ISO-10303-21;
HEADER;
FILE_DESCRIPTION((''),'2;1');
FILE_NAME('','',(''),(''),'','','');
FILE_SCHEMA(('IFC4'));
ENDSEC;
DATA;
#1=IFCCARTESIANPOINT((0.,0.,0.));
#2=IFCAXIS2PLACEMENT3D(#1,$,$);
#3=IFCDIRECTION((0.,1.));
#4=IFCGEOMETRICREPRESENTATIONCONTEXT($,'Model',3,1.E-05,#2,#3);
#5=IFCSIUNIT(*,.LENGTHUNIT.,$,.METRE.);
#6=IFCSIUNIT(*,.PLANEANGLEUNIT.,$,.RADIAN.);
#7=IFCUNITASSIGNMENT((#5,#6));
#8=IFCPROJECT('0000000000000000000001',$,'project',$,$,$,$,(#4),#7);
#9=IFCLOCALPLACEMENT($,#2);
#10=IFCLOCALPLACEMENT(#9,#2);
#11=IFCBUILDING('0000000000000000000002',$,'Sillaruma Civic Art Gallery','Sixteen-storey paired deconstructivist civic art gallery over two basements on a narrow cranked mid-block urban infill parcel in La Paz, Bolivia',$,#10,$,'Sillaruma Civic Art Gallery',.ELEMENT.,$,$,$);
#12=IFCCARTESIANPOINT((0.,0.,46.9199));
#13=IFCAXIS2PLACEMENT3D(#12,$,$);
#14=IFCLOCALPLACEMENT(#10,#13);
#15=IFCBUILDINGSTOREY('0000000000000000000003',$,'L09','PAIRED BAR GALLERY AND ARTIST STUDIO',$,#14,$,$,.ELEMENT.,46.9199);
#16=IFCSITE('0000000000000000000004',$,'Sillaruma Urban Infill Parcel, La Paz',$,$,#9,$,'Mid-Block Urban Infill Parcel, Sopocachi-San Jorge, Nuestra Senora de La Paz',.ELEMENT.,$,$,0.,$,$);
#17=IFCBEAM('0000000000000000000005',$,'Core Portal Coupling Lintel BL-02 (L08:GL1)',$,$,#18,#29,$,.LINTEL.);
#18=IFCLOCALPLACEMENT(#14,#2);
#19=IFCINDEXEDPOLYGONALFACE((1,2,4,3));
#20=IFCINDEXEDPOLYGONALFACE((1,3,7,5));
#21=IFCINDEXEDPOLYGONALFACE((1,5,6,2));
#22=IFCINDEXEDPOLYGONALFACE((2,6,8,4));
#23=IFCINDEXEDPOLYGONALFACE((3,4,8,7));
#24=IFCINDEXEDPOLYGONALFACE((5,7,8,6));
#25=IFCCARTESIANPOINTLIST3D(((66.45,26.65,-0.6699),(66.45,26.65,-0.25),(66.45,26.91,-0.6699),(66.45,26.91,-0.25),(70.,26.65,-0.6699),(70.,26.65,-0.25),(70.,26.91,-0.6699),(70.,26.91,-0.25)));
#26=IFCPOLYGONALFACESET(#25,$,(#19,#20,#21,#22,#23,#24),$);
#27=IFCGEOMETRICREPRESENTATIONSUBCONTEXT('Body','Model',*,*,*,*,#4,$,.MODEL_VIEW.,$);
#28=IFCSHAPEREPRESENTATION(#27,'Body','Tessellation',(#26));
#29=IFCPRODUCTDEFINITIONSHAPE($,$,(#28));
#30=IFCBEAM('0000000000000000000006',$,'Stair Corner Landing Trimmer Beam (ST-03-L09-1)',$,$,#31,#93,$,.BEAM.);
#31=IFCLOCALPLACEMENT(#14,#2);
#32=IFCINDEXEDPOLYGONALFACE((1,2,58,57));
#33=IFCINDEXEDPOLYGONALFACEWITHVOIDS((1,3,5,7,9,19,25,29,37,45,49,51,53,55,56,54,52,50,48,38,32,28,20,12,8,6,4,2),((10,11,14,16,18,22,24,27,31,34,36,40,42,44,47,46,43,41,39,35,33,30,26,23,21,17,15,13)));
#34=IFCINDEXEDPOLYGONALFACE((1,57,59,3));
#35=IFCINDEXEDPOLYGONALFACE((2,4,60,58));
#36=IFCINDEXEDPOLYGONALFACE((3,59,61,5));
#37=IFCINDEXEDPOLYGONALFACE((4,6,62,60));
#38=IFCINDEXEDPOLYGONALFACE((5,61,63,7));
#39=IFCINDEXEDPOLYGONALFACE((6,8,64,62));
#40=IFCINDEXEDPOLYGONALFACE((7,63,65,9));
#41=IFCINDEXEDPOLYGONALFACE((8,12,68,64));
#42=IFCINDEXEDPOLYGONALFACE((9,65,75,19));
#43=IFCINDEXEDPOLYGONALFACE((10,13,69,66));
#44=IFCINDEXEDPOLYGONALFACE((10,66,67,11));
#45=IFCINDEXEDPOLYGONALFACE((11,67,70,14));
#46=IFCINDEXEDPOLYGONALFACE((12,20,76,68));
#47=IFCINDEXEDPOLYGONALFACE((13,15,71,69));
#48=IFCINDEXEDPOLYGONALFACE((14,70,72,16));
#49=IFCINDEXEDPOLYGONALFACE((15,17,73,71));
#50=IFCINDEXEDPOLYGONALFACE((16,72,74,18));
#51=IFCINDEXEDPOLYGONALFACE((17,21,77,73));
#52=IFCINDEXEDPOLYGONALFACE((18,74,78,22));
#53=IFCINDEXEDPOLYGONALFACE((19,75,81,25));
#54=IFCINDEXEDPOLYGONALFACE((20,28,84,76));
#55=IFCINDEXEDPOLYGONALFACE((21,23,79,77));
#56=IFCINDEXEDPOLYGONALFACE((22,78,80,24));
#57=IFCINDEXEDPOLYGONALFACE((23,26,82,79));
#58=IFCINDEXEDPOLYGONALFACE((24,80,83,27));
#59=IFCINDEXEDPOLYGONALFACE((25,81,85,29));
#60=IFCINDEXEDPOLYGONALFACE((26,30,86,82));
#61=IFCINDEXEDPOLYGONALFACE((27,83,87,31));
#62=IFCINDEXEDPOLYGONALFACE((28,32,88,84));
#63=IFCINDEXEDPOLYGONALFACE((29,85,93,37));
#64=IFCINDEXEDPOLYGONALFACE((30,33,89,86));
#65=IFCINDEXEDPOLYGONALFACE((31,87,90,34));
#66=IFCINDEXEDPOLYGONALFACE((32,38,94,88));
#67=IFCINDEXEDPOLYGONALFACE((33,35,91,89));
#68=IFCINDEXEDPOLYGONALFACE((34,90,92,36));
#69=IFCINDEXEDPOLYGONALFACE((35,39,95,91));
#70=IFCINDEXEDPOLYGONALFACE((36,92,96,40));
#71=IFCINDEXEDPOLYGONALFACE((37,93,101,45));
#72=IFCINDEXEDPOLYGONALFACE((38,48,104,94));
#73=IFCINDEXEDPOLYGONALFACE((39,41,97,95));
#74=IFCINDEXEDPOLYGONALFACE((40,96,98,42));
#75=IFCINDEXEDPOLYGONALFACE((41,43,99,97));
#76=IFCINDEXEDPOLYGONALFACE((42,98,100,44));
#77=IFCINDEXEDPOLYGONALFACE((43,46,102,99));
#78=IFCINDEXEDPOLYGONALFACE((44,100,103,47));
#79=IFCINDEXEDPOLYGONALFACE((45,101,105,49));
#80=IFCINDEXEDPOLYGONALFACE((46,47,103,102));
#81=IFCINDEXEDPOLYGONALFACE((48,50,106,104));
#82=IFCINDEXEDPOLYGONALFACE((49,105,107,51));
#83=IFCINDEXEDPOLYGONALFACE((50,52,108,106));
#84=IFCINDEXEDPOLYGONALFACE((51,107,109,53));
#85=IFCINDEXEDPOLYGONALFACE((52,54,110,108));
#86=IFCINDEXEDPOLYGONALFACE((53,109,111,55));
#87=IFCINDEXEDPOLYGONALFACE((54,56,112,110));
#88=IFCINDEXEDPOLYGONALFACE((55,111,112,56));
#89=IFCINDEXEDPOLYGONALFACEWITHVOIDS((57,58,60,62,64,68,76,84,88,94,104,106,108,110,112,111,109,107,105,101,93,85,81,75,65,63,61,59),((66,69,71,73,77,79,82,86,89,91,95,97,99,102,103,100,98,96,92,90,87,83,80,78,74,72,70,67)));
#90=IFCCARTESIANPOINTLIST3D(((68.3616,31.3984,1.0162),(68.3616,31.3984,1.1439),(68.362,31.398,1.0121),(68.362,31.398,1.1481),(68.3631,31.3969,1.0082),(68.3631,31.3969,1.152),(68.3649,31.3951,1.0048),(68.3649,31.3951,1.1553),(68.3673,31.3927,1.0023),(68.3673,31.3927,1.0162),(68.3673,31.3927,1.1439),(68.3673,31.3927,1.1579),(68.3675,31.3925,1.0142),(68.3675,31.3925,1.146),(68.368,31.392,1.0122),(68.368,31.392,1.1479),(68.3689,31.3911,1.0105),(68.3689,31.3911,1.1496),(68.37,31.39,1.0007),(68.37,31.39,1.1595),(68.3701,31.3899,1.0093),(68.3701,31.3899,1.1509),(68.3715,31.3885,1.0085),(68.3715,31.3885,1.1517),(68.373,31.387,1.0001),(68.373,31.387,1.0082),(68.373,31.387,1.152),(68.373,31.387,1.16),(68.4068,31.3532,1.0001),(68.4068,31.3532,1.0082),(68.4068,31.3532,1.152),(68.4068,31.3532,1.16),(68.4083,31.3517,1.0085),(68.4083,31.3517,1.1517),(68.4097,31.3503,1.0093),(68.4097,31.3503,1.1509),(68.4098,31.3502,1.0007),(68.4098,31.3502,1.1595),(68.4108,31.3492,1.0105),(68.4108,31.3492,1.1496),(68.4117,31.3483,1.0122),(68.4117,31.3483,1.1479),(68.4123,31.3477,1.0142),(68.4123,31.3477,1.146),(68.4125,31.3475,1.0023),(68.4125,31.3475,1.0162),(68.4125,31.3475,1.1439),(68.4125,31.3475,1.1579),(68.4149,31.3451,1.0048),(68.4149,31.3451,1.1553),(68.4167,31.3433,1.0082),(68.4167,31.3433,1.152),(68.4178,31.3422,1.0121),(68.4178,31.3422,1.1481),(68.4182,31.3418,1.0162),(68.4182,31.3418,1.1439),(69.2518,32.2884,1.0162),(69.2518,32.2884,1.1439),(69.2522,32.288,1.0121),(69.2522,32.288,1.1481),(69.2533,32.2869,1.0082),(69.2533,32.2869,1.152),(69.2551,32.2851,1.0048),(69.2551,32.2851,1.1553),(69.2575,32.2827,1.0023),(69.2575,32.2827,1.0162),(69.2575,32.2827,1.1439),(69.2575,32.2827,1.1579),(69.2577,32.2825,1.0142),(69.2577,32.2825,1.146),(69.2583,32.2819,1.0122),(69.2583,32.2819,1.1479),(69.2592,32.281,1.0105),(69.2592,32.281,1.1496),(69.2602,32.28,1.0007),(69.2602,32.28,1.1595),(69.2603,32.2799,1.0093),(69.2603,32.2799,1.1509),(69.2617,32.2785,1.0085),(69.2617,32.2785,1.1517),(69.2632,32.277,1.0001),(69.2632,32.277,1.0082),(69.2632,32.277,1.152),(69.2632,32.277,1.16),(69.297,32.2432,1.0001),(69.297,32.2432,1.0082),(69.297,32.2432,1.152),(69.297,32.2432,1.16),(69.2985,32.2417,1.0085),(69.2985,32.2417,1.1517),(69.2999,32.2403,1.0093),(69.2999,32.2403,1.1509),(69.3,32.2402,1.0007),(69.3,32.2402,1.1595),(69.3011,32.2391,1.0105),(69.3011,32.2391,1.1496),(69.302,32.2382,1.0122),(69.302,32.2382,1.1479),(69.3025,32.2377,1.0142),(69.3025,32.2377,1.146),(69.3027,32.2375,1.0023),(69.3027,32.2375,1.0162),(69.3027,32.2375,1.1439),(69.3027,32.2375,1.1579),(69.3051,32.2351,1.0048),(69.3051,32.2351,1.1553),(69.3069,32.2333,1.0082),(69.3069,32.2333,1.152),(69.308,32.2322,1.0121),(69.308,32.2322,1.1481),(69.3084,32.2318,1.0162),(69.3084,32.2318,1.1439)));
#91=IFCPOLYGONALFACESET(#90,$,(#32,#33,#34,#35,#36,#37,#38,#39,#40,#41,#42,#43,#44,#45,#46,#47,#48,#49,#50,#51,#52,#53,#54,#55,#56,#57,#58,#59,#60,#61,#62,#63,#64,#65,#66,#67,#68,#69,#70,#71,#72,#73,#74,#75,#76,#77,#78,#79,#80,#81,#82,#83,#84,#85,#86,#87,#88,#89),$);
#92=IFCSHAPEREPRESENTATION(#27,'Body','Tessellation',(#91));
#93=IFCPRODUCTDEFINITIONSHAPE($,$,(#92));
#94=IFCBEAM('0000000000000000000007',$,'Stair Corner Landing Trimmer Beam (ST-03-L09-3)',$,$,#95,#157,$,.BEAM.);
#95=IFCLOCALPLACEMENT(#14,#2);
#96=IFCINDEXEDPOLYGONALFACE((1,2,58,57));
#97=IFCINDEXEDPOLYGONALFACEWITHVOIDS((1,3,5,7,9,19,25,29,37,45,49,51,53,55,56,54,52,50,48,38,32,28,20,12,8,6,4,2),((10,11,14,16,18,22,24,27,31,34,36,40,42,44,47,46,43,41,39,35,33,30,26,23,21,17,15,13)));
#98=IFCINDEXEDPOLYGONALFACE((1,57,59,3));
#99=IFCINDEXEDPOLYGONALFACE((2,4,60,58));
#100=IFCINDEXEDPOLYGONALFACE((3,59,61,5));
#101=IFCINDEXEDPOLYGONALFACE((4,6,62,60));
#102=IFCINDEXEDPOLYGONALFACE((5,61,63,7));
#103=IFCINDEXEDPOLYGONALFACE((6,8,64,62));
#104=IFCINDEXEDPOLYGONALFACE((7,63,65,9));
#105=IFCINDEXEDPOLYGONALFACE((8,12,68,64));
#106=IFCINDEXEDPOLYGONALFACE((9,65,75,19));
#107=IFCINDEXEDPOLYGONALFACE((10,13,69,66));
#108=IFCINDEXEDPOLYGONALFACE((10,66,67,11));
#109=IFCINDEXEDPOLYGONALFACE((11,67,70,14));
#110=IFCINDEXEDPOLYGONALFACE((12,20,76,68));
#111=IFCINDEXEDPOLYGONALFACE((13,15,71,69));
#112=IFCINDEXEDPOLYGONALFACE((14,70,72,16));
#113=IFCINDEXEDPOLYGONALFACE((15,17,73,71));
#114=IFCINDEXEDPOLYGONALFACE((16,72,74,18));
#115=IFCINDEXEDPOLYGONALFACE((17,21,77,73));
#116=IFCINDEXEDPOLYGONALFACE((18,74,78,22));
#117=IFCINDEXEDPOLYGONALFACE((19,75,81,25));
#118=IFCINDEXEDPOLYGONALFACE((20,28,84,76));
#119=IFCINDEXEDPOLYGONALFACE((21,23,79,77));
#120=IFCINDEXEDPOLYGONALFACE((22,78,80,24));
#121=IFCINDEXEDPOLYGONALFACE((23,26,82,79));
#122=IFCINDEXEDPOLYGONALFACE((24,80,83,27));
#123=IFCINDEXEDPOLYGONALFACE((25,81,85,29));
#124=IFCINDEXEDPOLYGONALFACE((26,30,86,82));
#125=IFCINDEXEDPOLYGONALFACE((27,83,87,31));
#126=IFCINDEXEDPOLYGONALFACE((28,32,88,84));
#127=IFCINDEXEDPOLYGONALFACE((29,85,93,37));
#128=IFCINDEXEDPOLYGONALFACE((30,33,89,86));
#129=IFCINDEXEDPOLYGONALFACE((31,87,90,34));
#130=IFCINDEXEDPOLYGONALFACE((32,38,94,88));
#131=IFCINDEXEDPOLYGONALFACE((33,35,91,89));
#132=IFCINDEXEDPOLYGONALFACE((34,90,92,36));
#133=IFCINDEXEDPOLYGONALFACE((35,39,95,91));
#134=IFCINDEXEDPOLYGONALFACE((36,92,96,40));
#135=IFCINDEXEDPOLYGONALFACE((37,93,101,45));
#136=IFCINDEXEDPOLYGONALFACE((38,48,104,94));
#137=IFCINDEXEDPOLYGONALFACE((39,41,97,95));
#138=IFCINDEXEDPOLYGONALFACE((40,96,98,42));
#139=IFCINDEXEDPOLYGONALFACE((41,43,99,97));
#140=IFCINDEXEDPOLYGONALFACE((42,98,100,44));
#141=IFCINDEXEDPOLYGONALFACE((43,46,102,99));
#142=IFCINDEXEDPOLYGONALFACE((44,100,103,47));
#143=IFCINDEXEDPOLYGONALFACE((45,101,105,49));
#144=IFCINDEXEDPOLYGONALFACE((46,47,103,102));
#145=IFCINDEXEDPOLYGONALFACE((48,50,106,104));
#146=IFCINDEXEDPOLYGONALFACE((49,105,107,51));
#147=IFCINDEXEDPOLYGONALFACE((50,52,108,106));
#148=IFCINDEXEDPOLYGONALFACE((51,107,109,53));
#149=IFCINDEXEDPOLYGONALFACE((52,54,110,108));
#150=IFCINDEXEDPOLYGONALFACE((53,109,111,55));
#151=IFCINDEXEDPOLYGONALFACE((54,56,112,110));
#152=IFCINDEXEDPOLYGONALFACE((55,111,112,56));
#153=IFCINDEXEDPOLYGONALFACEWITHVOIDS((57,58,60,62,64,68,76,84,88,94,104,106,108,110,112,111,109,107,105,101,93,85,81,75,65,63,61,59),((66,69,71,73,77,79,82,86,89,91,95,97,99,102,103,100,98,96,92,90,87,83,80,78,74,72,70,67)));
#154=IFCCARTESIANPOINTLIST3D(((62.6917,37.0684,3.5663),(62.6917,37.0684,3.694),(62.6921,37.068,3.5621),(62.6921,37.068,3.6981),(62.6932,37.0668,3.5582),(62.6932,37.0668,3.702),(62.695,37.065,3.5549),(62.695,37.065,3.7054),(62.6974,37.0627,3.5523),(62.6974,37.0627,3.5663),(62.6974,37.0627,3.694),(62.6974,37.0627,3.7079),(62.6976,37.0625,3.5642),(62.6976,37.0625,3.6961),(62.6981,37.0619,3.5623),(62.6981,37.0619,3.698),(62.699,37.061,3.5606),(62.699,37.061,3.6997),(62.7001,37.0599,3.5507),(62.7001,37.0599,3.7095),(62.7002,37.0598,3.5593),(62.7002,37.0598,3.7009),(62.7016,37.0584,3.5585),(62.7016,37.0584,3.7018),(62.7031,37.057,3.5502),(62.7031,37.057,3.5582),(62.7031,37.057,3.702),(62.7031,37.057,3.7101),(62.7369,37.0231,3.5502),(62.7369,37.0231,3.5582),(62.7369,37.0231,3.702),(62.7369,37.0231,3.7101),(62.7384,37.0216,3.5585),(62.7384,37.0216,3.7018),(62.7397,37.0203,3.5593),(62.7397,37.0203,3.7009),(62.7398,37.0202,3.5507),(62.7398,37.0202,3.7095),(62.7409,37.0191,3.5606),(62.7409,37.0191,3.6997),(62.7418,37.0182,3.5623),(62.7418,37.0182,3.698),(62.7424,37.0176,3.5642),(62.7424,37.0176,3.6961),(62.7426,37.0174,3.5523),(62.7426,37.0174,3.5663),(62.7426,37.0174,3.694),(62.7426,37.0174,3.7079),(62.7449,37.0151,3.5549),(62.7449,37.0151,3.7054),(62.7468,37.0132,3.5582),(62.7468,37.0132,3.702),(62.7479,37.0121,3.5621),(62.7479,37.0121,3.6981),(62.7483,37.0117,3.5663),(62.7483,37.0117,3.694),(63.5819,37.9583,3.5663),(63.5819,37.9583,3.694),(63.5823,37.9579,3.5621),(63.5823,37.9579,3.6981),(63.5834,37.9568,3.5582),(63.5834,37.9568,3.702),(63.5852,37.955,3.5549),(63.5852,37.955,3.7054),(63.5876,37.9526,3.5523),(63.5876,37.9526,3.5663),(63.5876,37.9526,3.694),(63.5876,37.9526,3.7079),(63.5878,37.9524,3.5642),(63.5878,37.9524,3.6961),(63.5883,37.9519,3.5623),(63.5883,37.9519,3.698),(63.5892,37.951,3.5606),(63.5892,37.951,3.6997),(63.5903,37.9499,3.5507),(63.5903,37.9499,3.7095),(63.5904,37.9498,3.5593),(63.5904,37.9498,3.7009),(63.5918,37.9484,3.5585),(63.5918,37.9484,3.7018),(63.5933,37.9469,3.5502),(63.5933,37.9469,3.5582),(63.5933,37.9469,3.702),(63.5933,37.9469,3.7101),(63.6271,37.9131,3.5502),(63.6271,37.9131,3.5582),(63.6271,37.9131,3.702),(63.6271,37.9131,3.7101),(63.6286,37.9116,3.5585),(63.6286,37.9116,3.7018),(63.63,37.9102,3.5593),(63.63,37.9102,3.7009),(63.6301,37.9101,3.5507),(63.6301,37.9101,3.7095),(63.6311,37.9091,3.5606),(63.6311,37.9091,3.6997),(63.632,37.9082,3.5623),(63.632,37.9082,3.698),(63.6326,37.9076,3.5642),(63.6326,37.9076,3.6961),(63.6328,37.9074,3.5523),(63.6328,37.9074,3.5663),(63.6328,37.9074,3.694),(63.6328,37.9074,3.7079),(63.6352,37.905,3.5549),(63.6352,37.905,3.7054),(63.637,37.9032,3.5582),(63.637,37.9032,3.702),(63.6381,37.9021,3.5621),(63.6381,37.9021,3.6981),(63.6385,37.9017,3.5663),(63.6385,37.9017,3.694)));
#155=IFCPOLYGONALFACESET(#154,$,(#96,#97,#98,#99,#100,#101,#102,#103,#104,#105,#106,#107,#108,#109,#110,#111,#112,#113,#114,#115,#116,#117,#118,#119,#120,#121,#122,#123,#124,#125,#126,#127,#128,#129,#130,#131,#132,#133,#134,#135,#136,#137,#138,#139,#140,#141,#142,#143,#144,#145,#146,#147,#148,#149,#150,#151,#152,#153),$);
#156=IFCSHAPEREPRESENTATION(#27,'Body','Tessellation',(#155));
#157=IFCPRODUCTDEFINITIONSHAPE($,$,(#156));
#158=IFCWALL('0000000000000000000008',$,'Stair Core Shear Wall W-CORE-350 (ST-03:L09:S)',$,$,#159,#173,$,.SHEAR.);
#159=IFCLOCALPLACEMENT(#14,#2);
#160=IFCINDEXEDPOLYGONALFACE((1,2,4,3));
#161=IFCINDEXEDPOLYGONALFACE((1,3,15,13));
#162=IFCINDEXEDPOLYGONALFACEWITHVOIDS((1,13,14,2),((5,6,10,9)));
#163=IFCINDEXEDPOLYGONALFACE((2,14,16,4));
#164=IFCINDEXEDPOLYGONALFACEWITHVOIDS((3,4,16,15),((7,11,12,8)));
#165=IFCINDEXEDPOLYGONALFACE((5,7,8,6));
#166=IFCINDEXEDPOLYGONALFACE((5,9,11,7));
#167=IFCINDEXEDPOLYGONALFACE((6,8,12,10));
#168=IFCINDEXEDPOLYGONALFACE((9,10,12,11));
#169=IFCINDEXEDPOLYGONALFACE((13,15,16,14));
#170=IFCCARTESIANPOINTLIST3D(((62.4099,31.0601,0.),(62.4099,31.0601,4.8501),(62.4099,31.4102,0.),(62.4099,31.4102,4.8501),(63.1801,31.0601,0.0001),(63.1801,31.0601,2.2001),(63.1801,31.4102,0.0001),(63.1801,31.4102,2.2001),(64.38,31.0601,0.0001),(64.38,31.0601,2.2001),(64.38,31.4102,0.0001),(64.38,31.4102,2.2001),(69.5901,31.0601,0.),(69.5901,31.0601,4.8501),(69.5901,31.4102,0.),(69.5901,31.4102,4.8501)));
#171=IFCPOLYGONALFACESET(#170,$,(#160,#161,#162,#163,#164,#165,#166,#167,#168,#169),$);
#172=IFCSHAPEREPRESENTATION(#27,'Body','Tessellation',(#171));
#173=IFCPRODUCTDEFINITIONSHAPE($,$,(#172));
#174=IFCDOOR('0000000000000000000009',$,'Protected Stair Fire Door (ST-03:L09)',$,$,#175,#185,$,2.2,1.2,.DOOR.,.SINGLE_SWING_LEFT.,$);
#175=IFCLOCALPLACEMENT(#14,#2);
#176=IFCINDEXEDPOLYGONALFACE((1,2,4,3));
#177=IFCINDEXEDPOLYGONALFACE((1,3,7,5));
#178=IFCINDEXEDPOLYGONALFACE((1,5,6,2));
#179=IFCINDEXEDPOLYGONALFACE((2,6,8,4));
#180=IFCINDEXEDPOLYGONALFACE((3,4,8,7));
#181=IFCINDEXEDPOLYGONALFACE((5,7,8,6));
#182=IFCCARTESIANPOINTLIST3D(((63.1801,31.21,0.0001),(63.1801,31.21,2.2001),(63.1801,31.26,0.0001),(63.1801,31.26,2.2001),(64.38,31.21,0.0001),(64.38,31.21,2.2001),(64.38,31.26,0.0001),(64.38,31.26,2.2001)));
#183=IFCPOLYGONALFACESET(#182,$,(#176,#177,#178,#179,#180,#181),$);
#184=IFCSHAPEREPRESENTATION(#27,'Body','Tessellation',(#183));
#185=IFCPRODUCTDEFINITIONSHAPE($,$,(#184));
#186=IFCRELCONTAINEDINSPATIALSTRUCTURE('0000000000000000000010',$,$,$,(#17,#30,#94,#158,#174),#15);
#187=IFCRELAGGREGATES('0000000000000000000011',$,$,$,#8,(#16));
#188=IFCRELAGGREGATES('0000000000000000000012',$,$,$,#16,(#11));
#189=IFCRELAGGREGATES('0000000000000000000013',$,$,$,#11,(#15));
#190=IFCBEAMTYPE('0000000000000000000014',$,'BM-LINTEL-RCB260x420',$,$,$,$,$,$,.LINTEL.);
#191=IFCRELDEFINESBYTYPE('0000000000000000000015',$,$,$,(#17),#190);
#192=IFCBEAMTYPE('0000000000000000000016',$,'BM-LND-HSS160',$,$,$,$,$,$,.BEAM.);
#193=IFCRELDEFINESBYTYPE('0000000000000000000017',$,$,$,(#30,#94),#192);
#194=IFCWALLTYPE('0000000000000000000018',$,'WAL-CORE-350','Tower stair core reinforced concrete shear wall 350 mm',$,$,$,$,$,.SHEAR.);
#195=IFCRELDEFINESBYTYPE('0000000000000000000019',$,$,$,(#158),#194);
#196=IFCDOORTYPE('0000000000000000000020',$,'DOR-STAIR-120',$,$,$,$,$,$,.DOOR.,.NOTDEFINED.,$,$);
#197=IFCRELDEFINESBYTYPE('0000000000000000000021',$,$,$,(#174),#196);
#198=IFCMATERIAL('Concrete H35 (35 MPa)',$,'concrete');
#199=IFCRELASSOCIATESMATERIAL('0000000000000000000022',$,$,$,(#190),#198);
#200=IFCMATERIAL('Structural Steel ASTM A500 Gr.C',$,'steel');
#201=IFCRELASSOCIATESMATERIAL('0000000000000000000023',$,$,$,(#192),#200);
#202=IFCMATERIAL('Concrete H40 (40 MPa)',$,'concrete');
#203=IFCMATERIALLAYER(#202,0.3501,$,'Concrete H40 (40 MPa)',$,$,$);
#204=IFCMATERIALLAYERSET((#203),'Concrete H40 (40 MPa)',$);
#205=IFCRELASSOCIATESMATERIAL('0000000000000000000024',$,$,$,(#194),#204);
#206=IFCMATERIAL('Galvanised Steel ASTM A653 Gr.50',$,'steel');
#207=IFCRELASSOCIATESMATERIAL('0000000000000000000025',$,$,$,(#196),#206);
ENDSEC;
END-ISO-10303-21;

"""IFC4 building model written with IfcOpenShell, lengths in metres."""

from ifc_helpers import new_model, si_unit, direction, frame, frame_2d, origin, origin_2d, place, context, subcontext, project, spatial, rectangle, hollow_rectangle, extrude, material, layer, layer_set, material_profile, profile_set, type_object, element, fill, save


model = new_model("IFC4")

# Units and contexts
model_context = context("Model", 3, precision=1e-05, world=origin(), true_north=direction((0.0, 1.0)))
body_context = subcontext(model_context, "Body", "Model", "MODEL_VIEW")
ifc_project = project(units=[si_unit("LENGTHUNIT", "METRE"), si_unit("PLANEANGLEUNIT", "RADIAN")], contexts=[model_context])

# Site, building, storey
site_placement = place(None, origin())
site = spatial("IfcSite", under=ifc_project, at=site_placement, Name="Sillaruma Urban Infill Parcel, La Paz", LongName="Mid-Block Urban Infill Parcel, Sopocachi-San Jorge, Nuestra Senora de La Paz", CompositionType="ELEMENT", RefElevation=0.0)
building_placement = place(site_placement, origin())
building = spatial("IfcBuilding", under=site, at=building_placement, Name="Sillaruma Civic Art Gallery", Description="Sixteen-storey paired deconstructivist civic art gallery over two basements on a narrow cranked mid-block urban infill parcel in La Paz, Bolivia", LongName="Sillaruma Civic Art Gallery", CompositionType="ELEMENT")
storey_placement = place(building_placement, frame((0.0, 0.0, 46.9199)))
storey = spatial("IfcBuildingStorey", under=building, at=storey_placement, Name="L09", Description="PAIRED BAR GALLERY AND ARTIST STUDIO", CompositionType="ELEMENT", Elevation=46.9199)

# Beams
ifc_material_1 = material(Name="Concrete H35 (35 MPa)", Category="concrete")
ifc_material_profile_1 = material_profile(ifc_material_1, rectangle(XDim=0.26, YDim=0.4199, at=origin_2d()), Name="RCB260x420")
ifc_profile_set_1 = profile_set([ifc_material_profile_1], Name="Concrete H35 (35 MPa)")
beam_type_1 = type_object("IfcBeamType", Name="BM-LINTEL-RCB260x420", PredefinedType="LINTEL", material=ifc_profile_set_1)
beam_placement = place(storey_placement, frame((66.45, 26.78, -0.46), z_axis=(1.0, 0.0, 0.0), x_axis=(0.0, 1.0, 0.0)))
element("IfcBeam", 1, at=beam_placement, inside=storey, type_object=beam_type_1, Name="Core Portal Coupling Lintel BL-02 (L08:GL1)", PredefinedType="LINTEL", context=body_context, shape_type="SweptSolid", body=[
    extrude(rectangle(XDim=0.26, YDim=0.4199, at=origin_2d()), origin(), (0.0, 0.0, 1.0), 3.55),
])
ifc_material_2 = material(Name="Structural Steel ASTM A500 Gr.C", Category="steel")
ifc_material_profile_2 = material_profile(ifc_material_2, hollow_rectangle(XDim=0.0801, YDim=0.1599, WallThickness=0.0081, InnerFilletRadius=0.0081, OuterFilletRadius=0.0161, at=origin_2d()), Name="HSS160x80x8")
ifc_profile_set_2 = profile_set([ifc_material_profile_2], Name="Structural Steel ASTM A500 Gr.C")
beam_type_2 = type_object("IfcBeamType", Name="BM-LND-HSS160", PredefinedType="BEAM", material=ifc_profile_set_2)
for number, where, z_axis, x_axis, name in (
    (2, (68.3899, 31.3701, 1.0801), (0.707204, 0.70701, 0.0), (-0.70701, 0.707204, 0.0), "Stair Corner Landing Trimmer Beam (ST-03-L09-1)"),
    (3, (62.72, 37.04, 3.6301), (0.707204, 0.70701, 0.0), (-0.70701, 0.707204, 0.0), "Stair Corner Landing Trimmer Beam (ST-03-L09-3)"),
):
    element("IfcBeam", number, at=place(storey_placement, frame(where, z_axis=z_axis, x_axis=x_axis)), inside=storey, type_object=beam_type_2, Name=name, PredefinedType="BEAM", context=body_context, shape_type="SweptSolid", body=[
        extrude(hollow_rectangle(XDim=0.0801, YDim=0.1599, WallThickness=0.0081, InnerFilletRadius=0.0081, OuterFilletRadius=0.0161, at=origin_2d()), origin(), (0.0, 0.0, 1.0), 1.2588),
    ])

# Wall, opening, door
ifc_material_3 = material(Name="Concrete H40 (40 MPa)", Category="concrete")
ifc_layer_1 = layer(ifc_material_3, 0.3501, Name="Concrete H40 (40 MPa)")
ifc_layer_set_1 = layer_set([ifc_layer_1], Name="Concrete H40 (40 MPa)")
wall_type_1 = type_object("IfcWallType", Name="WAL-CORE-350", Description="Tower stair core reinforced concrete shear wall 350 mm", PredefinedType="SHEAR", material=ifc_layer_set_1)
wall_1_placement = place(storey_placement, frame((62.4099, 31.2351, 0.0), z_axis=(0.0, 0.0, 1.0), x_axis=(1.0, 0.0, 0.0)))
wall_1 = element("IfcWall", 4, at=wall_1_placement, inside=storey, type_object=wall_type_1, Name="Stair Core Shear Wall W-CORE-350 (ST-03:L09:S)", PredefinedType="SHEAR", context=body_context, shape_type="SweptSolid", body=[
    extrude(rectangle(XDim=7.1802, YDim=0.3501, at=frame_2d((3.5901, 0.0))), origin(), (0.0, 0.0, 1.0), 4.8501),
])
opening_1_placement = place(wall_1_placement, frame((0.77, 0.0, 0.0)))
opening_1 = element("IfcOpeningElement", 5, at=opening_1_placement, cuts=wall_1, PredefinedType="OPENING", context=body_context, shape_type="SweptSolid", body=[
    extrude(rectangle(XDim=1.2, YDim=2.2, at=frame_2d((0.6001, 1.1001))), frame((0.0, 0.1851, 0.0), z_axis=(0.0, -1.0, 0.0), x_axis=(1.0, 0.0, 0.0)), (0.0, 0.0, 1.0), 0.3701),
])
ifc_material_4 = material(Name="Galvanised Steel ASTM A653 Gr.50", Category="steel")
door_type_1 = type_object("IfcDoorType", Name="DOR-STAIR-120", OperationType="NOTDEFINED", PredefinedType="DOOR", material=ifc_material_4)
door_1_placement = place(opening_1_placement, origin())
door_1 = element("IfcDoor", 6, at=door_1_placement, inside=storey, type_object=door_type_1, Name="Protected Stair Fire Door (ST-03:L09)", OperationType="SINGLE_SWING_LEFT", OverallHeight=2.2, OverallWidth=1.2, PredefinedType="DOOR", context=body_context, shape_type="SweptSolid", body=[
    extrude(rectangle(XDim=1.2, YDim=2.2, at=frame_2d((0.6001, 1.1001))), frame((0.0, 0.0249, 0.0), z_axis=(0.0, -1.0, 0.0), x_axis=(1.0, 0.0, 0.0)), (0.0, 0.0, 1.0), 0.05),
])
fill(opening_1, door_1)

save(model, "model.ifc")
